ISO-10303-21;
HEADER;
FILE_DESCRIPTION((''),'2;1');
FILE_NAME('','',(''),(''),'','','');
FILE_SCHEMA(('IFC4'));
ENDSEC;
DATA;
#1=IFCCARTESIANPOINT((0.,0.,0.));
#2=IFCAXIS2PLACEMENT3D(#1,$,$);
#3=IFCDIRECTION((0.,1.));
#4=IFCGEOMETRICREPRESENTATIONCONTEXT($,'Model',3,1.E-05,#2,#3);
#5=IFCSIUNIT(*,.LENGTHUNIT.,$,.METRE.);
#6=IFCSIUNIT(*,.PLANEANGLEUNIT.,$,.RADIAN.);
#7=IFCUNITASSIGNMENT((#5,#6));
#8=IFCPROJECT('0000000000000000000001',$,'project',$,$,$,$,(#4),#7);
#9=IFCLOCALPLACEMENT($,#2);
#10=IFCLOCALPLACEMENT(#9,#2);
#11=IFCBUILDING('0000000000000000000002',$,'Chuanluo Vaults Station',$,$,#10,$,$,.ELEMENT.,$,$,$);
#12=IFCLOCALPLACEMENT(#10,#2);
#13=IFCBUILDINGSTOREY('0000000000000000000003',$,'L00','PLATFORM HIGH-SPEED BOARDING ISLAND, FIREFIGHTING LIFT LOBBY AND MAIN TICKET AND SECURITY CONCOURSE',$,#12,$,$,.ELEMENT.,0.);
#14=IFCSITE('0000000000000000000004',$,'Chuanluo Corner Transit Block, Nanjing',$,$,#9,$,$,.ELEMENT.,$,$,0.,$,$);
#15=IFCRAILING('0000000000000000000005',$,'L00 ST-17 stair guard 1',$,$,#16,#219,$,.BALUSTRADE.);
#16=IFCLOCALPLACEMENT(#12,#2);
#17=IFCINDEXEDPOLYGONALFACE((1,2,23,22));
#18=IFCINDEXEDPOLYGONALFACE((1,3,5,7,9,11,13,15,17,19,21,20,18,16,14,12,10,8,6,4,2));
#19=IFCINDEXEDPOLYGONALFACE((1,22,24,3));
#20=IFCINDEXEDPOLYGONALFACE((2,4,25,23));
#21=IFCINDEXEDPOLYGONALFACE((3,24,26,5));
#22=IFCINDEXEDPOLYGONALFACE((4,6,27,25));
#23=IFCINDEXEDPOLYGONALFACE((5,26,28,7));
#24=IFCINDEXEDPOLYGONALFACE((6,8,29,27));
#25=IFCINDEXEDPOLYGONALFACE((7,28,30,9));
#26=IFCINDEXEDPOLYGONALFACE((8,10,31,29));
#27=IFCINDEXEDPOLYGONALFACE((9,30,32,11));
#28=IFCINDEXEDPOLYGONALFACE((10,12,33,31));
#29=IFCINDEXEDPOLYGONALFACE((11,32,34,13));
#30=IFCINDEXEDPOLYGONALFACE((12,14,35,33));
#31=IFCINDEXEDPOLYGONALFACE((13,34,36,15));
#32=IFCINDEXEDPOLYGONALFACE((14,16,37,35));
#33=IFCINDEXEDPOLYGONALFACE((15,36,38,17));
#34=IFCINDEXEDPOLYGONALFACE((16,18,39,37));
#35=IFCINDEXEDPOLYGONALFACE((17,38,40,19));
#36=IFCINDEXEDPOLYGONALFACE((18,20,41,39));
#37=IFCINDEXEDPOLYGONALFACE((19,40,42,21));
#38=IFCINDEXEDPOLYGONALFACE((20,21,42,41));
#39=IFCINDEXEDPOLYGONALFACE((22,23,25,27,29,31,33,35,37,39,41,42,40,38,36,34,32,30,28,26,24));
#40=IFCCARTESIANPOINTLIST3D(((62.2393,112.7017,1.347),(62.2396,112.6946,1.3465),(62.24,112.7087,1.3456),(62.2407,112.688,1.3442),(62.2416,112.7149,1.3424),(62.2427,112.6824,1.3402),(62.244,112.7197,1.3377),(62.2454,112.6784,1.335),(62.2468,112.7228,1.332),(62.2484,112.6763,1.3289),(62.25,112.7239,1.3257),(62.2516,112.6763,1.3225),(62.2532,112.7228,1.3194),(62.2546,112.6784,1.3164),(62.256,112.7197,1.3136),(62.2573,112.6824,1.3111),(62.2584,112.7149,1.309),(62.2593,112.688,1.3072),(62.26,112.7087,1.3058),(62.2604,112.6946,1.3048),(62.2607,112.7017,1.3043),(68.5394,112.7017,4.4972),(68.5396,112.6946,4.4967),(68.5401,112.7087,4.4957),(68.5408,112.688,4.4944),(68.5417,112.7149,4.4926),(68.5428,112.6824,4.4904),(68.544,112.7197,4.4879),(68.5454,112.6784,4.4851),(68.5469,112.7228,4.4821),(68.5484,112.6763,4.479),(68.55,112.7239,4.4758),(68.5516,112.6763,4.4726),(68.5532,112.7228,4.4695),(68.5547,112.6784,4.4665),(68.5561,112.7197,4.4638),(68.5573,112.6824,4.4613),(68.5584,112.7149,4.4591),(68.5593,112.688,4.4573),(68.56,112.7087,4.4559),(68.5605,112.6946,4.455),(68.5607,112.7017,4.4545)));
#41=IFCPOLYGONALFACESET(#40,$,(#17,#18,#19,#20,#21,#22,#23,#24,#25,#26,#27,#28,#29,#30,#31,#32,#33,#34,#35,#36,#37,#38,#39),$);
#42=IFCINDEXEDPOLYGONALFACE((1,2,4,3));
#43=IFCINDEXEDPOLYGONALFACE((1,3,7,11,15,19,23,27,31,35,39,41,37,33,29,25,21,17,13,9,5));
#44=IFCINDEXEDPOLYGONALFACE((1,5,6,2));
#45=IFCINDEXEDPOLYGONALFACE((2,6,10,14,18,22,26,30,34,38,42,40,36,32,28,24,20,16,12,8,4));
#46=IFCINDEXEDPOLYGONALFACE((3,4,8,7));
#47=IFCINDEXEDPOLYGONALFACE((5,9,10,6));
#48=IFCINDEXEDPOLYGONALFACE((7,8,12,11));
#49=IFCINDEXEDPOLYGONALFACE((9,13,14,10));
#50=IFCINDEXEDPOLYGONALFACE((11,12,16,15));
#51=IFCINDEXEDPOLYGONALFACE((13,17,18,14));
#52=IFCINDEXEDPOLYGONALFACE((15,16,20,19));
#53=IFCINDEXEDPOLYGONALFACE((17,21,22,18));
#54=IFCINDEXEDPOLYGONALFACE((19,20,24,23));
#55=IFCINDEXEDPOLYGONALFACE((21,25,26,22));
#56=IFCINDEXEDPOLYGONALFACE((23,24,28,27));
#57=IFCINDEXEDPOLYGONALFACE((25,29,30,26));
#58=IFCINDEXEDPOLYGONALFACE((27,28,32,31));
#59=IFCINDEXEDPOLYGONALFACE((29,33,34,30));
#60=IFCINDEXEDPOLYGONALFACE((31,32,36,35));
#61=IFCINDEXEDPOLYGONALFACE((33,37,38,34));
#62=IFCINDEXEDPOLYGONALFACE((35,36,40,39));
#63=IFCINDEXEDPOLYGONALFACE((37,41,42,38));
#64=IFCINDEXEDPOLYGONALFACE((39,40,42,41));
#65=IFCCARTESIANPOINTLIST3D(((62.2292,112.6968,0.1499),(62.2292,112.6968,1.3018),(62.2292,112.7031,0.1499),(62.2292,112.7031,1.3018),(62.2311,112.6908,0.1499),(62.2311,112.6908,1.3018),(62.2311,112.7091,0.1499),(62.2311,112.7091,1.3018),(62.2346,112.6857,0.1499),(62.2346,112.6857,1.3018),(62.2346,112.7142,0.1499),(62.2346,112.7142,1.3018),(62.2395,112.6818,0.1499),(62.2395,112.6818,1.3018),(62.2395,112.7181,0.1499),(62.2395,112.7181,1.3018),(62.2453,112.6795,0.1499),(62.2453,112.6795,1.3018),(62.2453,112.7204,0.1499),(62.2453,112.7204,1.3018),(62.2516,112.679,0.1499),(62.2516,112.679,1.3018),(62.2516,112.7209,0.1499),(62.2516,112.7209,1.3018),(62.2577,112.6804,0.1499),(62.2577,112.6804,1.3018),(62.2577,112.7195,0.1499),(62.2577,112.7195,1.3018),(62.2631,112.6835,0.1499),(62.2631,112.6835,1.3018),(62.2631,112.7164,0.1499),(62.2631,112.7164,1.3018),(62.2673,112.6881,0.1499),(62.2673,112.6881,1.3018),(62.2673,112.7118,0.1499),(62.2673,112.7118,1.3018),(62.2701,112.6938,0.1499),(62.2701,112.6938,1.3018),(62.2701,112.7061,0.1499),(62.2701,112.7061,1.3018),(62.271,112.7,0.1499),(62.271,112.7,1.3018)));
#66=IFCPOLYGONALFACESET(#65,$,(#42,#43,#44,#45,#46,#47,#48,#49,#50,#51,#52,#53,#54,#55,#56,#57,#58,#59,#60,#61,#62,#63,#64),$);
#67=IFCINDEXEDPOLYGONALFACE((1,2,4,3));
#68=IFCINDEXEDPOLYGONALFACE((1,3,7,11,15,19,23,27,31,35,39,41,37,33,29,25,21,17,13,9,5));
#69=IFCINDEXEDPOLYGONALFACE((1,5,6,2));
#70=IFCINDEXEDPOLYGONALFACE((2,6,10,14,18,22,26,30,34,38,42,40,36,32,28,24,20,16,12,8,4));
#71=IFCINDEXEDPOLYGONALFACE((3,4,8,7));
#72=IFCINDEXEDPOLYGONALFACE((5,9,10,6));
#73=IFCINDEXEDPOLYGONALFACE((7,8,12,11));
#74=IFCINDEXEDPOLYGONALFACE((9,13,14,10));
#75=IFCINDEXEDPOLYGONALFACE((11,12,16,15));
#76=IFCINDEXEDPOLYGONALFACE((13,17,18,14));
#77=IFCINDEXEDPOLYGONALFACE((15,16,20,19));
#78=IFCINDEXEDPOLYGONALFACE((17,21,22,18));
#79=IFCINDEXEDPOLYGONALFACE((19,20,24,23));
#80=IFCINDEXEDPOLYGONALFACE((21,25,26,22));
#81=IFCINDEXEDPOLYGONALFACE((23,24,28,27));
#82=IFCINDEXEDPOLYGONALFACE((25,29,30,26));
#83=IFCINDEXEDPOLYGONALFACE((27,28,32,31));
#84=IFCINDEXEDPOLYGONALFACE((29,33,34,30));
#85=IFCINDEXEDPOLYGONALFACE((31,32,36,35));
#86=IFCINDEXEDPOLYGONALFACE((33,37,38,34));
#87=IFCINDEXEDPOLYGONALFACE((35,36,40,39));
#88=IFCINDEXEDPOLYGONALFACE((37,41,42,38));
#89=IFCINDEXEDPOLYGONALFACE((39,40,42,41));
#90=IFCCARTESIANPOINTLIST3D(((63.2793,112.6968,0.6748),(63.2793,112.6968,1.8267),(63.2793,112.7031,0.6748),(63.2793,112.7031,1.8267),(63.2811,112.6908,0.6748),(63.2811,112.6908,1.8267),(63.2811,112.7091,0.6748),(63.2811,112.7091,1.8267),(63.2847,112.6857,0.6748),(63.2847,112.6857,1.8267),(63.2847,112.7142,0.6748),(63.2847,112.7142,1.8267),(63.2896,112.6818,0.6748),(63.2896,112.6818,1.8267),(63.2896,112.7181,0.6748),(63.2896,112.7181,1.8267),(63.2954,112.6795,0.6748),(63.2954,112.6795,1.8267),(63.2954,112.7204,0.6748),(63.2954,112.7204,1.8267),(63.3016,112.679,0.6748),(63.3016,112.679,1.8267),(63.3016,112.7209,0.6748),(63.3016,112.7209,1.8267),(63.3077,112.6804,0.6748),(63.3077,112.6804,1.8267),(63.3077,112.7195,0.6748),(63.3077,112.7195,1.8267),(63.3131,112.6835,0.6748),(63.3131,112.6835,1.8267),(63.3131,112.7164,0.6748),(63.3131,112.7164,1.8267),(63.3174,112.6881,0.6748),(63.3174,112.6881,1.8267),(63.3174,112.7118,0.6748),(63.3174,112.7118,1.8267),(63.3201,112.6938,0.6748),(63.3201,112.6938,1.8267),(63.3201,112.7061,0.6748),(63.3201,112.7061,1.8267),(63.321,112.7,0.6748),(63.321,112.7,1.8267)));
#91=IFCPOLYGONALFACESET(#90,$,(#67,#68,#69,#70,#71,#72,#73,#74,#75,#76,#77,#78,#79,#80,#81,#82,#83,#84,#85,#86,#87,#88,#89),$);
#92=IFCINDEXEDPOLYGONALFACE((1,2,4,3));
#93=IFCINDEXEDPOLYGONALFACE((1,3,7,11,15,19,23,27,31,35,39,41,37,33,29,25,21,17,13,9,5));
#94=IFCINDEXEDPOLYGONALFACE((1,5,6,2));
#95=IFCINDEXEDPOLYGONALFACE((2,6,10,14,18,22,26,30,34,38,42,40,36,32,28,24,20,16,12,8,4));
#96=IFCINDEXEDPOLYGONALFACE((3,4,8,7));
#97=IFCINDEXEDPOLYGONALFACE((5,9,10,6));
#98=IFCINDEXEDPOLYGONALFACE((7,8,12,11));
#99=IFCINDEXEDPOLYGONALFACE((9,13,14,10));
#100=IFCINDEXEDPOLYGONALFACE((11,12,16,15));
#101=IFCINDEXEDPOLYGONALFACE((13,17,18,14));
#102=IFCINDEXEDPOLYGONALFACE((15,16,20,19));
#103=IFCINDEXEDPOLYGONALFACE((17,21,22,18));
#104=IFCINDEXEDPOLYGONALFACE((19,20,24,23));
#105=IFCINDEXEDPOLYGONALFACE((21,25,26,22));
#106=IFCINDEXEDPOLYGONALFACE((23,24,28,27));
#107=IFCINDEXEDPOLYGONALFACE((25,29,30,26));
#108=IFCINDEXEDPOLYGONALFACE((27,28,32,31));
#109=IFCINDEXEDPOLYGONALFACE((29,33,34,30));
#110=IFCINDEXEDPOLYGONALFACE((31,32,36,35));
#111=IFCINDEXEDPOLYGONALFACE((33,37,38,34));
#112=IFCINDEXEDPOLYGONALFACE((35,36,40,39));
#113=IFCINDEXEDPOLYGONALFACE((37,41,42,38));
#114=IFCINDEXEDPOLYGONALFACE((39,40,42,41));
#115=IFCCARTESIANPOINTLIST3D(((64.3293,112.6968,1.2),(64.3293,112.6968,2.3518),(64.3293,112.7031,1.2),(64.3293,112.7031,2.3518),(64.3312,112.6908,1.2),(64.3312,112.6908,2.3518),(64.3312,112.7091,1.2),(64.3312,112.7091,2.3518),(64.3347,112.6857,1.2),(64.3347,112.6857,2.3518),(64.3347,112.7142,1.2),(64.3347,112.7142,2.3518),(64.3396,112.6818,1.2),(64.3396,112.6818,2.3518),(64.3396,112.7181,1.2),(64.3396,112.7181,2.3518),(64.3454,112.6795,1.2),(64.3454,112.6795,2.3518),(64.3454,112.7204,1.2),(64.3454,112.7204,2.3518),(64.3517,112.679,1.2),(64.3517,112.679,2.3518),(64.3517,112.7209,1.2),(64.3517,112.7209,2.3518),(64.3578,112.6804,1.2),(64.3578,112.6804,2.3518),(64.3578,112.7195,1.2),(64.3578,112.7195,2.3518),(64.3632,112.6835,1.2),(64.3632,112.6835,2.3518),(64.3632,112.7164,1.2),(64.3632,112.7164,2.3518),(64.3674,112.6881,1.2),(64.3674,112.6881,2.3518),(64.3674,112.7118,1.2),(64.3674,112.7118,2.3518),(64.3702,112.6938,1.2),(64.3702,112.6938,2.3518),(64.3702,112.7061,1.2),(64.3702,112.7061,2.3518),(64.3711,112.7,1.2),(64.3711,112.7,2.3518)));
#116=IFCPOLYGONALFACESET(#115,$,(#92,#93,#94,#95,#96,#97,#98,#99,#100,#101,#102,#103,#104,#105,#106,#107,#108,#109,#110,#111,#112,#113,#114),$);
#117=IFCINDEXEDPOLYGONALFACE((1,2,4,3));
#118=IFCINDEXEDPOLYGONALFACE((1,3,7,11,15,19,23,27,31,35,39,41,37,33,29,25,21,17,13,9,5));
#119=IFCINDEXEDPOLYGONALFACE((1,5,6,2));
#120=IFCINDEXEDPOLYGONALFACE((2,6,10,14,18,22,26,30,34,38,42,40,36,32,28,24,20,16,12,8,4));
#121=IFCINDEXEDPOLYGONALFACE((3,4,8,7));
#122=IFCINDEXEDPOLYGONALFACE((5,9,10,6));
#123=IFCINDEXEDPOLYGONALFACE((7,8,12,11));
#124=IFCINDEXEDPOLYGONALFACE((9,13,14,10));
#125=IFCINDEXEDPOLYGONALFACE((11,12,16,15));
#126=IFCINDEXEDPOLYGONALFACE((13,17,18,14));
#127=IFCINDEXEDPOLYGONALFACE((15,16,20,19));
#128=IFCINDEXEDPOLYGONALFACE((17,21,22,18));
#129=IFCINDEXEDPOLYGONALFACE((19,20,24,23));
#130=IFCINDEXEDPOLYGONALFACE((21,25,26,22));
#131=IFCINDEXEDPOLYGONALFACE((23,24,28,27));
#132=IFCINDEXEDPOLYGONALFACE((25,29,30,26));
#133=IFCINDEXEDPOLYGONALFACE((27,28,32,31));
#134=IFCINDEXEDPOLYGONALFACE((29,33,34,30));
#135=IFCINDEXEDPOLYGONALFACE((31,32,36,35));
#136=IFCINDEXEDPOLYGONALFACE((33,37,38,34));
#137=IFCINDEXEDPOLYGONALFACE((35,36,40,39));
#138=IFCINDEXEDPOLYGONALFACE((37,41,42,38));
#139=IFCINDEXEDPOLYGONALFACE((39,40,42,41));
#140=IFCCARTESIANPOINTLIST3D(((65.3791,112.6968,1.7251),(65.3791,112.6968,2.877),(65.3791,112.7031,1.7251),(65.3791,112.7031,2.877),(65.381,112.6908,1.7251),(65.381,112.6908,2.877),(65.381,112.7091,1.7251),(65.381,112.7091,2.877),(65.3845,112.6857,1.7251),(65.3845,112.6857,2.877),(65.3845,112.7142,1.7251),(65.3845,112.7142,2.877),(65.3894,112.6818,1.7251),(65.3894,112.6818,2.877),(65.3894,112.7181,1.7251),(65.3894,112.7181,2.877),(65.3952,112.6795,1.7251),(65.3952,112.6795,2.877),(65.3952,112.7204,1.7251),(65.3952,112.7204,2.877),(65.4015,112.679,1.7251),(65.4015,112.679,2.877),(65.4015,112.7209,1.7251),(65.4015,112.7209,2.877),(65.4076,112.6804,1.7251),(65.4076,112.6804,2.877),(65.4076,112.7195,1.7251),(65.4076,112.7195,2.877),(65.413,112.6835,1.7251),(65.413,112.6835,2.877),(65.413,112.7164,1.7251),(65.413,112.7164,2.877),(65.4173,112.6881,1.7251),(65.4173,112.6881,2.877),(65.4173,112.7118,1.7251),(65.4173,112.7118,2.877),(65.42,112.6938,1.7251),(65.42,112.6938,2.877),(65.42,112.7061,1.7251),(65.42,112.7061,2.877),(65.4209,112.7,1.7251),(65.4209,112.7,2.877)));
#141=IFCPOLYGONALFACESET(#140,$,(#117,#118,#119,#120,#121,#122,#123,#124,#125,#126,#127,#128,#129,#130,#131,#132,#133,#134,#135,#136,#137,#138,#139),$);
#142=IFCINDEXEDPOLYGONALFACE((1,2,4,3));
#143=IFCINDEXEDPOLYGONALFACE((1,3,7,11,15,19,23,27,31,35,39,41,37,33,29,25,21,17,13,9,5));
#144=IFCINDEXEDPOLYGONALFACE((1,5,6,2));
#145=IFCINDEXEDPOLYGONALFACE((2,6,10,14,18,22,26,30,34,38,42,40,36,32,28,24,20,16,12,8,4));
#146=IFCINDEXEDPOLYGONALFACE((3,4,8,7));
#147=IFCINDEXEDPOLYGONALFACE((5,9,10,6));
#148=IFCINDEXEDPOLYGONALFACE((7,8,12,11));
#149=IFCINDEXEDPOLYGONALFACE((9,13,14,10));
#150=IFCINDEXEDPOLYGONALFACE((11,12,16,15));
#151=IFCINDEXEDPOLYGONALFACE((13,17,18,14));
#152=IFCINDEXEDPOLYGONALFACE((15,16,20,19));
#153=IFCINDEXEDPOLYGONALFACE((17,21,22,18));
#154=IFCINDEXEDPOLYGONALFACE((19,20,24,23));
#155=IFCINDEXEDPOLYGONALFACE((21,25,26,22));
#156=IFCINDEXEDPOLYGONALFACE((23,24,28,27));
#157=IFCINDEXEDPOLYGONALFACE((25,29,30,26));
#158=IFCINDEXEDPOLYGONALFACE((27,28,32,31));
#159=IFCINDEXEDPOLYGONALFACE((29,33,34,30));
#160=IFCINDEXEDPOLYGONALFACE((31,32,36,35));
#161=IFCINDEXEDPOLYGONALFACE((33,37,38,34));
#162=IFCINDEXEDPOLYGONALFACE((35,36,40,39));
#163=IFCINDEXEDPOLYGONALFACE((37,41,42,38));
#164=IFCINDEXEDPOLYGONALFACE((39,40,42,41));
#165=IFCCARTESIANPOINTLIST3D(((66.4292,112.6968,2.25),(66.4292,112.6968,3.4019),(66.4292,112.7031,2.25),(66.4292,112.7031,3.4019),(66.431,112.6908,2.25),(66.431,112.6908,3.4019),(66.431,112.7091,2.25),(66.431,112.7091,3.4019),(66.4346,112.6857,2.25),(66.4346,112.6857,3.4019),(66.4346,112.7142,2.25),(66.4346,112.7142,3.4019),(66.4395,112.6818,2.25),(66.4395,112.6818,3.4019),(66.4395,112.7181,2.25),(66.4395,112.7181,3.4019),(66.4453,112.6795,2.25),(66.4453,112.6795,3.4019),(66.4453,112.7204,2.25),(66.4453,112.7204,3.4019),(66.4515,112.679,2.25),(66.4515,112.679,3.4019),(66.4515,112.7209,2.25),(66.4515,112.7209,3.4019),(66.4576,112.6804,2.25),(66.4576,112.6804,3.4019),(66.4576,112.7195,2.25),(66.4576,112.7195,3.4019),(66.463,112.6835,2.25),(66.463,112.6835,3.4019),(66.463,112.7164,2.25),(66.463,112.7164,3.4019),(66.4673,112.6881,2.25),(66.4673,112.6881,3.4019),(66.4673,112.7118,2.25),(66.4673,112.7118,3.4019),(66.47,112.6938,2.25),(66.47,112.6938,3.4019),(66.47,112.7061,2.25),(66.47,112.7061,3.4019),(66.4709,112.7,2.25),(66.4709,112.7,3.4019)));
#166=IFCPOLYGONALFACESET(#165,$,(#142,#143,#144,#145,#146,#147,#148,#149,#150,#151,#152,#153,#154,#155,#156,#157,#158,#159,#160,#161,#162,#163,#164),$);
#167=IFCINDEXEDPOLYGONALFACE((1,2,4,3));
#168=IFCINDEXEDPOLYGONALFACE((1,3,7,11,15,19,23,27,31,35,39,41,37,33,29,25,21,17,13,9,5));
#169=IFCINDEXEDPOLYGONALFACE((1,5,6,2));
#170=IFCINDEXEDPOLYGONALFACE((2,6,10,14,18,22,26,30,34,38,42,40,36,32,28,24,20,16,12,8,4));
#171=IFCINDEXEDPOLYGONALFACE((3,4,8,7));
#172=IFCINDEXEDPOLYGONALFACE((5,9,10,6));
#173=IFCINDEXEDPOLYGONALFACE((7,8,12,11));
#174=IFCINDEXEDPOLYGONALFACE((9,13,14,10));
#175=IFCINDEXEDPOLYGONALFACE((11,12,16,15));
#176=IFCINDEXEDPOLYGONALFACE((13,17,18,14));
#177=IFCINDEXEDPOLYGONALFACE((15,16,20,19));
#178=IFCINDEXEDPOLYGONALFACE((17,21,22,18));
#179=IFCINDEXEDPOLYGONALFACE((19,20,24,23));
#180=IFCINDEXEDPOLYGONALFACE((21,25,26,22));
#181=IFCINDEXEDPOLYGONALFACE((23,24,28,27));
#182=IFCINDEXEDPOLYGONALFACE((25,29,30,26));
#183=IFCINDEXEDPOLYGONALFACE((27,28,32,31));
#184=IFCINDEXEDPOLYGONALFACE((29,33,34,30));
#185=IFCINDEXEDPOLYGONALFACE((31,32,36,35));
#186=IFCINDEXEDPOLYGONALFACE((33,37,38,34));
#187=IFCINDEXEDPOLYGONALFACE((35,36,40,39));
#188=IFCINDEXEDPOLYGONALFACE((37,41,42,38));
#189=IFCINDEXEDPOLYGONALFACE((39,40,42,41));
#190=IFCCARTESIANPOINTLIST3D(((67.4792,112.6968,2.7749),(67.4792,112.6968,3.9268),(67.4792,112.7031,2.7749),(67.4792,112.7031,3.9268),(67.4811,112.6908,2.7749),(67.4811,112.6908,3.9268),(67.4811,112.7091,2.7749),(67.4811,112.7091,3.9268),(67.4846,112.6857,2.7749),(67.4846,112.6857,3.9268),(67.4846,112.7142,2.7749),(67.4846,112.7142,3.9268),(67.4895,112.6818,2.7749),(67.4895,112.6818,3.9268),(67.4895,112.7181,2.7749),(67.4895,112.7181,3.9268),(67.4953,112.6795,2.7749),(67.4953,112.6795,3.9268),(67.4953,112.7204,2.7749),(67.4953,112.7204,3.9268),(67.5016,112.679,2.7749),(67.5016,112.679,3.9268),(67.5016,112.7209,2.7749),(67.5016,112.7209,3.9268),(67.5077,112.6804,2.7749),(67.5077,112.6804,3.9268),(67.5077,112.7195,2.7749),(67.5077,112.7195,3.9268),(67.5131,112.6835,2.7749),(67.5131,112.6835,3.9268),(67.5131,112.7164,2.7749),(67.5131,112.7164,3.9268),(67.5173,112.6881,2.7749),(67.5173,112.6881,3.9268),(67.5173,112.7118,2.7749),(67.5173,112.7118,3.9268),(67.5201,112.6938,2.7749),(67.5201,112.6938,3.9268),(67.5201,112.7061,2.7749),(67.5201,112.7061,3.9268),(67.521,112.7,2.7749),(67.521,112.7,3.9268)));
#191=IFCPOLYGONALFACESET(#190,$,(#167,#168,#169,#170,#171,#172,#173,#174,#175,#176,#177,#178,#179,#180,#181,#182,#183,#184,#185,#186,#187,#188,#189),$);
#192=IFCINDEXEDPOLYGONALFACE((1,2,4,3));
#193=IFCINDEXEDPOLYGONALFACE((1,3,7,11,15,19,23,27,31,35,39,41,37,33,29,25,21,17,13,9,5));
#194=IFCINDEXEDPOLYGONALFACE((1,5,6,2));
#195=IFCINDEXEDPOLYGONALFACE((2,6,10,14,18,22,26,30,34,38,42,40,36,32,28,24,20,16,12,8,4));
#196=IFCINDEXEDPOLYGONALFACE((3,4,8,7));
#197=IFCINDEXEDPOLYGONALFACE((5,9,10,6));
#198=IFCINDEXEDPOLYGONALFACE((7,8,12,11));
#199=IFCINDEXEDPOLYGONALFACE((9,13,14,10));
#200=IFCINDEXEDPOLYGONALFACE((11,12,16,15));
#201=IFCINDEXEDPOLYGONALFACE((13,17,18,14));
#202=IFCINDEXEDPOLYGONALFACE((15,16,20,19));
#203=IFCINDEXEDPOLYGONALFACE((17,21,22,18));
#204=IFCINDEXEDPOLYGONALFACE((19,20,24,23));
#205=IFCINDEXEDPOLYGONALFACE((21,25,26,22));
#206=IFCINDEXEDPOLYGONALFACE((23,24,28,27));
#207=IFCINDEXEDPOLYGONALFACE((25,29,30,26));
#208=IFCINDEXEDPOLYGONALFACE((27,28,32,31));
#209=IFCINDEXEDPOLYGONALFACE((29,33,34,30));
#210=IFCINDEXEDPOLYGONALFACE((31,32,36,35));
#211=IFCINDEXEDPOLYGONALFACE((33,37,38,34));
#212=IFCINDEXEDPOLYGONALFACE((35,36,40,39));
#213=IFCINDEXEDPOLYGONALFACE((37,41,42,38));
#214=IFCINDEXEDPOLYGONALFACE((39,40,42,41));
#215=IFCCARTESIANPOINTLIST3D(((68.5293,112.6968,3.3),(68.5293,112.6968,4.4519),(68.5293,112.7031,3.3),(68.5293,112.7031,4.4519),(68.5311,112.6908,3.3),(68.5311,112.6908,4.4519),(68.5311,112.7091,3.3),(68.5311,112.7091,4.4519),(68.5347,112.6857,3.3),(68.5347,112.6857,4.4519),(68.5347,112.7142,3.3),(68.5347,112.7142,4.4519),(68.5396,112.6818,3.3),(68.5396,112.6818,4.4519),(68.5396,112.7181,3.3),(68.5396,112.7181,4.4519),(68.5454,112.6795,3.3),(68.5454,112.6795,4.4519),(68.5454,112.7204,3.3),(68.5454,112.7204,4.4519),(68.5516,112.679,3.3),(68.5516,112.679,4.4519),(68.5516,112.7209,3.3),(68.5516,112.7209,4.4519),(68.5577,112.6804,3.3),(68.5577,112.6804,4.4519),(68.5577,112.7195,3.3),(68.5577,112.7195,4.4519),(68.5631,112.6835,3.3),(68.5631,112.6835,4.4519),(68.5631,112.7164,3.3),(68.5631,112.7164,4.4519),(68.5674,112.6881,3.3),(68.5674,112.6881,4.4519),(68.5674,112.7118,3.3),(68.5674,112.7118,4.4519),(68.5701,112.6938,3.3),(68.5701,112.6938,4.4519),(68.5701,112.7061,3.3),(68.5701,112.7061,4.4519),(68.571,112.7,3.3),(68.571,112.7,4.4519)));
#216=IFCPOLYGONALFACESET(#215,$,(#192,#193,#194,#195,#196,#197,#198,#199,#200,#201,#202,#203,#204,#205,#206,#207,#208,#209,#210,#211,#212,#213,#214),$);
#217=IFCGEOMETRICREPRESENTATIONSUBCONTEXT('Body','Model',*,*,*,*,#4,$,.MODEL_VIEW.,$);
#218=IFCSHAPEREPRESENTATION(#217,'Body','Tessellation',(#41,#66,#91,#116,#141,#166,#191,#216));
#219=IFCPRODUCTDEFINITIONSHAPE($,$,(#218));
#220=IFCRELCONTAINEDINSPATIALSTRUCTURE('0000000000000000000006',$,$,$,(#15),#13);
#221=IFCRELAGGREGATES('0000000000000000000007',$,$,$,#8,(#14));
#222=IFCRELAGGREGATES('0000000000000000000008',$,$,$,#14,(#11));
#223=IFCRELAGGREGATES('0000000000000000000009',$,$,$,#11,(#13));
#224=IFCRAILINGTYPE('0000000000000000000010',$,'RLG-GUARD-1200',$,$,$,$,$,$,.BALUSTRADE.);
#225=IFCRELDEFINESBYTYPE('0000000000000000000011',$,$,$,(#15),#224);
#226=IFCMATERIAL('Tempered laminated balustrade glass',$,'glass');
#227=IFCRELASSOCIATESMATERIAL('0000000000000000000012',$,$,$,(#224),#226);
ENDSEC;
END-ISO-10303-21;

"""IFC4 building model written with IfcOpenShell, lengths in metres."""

from ifc_helpers import new_model, si_unit, direction, frame, origin, origin_2d, place, context, subcontext, project, spatial, circle, extrude, material, type_object, element, save


model = new_model("IFC4")

# Units and contexts
model_context = context("Model", 3, precision=1e-05, world=origin(), true_north=direction((0.0, 1.0)))
body_context = subcontext(model_context, "Body", "Model", "MODEL_VIEW")
ifc_project = project(units=[si_unit("LENGTHUNIT", "METRE"), si_unit("PLANEANGLEUNIT", "RADIAN")], contexts=[model_context])

# Site, building, storey
site_placement = place(None, origin())
site = spatial("IfcSite", under=ifc_project, at=site_placement, Name="Chuanluo Corner Transit Block, Nanjing", CompositionType="ELEMENT", RefElevation=0.0)
building_placement = place(site_placement, origin())
building = spatial("IfcBuilding", under=site, at=building_placement, Name="Chuanluo Vaults Station", CompositionType="ELEMENT")
storey_placement = place(building_placement, origin())
storey = spatial("IfcBuildingStorey", under=building, at=storey_placement, Name="L00", Description="PLATFORM HIGH-SPEED BOARDING ISLAND, FIREFIGHTING LIFT LOBBY AND MAIN TICKET AND SECURITY CONCOURSE", CompositionType="ELEMENT", Elevation=0.0)

# Railing
ifc_material_1 = material(Name="Tempered laminated balustrade glass", Category="glass")
railing_type_1 = type_object("IfcRailingType", Name="RLG-GUARD-1200", PredefinedType="BALUSTRADE", material=ifc_material_1)
railing_1_placement = place(storey_placement, frame((62.25, 112.7, 0.1499)))
element("IfcRailing", 1, at=railing_1_placement, inside=storey, type_object=railing_type_1, Name="L00 ST-17 stair guard 1", PredefinedType="BALUSTRADE", context=body_context, shape_type="SweptSolid", body=[
    extrude(circle(Radius=0.0239, at=origin_2d()), frame((0.0, 0.0, 1.1758), z_axis=(0.89442, 0.0, 0.447227), x_axis=(0.0, 1.0, 0.0)), (0.0, 0.0, 1.0), 7.0437),
    extrude(circle(Radius=0.021, at=origin_2d()), origin(), (0.0, 0.0, 1.0), 1.1519),
    extrude(circle(Radius=0.021, at=origin_2d()), frame((1.05, 0.0, 0.5249)), (0.0, 0.0, 1.0), 1.1519),
    extrude(circle(Radius=0.021, at=origin_2d()), frame((2.1001, 0.0, 1.05)), (0.0, 0.0, 1.0), 1.1519),
    extrude(circle(Radius=0.021, at=origin_2d()), frame((3.1499, 0.0, 1.5752)), (0.0, 0.0, 1.0), 1.1519),
    extrude(circle(Radius=0.021, at=origin_2d()), frame((4.2, 0.0, 2.1001)), (0.0, 0.0, 1.0), 1.1519),
    extrude(circle(Radius=0.021, at=origin_2d()), frame((5.25, 0.0, 2.625)), (0.0, 0.0, 1.0), 1.1519),
    extrude(circle(Radius=0.021, at=origin_2d()), frame((6.3, 0.0, 3.1501)), (0.0, 0.0, 1.0), 1.1519),
])

save(model, "model.ifc")
